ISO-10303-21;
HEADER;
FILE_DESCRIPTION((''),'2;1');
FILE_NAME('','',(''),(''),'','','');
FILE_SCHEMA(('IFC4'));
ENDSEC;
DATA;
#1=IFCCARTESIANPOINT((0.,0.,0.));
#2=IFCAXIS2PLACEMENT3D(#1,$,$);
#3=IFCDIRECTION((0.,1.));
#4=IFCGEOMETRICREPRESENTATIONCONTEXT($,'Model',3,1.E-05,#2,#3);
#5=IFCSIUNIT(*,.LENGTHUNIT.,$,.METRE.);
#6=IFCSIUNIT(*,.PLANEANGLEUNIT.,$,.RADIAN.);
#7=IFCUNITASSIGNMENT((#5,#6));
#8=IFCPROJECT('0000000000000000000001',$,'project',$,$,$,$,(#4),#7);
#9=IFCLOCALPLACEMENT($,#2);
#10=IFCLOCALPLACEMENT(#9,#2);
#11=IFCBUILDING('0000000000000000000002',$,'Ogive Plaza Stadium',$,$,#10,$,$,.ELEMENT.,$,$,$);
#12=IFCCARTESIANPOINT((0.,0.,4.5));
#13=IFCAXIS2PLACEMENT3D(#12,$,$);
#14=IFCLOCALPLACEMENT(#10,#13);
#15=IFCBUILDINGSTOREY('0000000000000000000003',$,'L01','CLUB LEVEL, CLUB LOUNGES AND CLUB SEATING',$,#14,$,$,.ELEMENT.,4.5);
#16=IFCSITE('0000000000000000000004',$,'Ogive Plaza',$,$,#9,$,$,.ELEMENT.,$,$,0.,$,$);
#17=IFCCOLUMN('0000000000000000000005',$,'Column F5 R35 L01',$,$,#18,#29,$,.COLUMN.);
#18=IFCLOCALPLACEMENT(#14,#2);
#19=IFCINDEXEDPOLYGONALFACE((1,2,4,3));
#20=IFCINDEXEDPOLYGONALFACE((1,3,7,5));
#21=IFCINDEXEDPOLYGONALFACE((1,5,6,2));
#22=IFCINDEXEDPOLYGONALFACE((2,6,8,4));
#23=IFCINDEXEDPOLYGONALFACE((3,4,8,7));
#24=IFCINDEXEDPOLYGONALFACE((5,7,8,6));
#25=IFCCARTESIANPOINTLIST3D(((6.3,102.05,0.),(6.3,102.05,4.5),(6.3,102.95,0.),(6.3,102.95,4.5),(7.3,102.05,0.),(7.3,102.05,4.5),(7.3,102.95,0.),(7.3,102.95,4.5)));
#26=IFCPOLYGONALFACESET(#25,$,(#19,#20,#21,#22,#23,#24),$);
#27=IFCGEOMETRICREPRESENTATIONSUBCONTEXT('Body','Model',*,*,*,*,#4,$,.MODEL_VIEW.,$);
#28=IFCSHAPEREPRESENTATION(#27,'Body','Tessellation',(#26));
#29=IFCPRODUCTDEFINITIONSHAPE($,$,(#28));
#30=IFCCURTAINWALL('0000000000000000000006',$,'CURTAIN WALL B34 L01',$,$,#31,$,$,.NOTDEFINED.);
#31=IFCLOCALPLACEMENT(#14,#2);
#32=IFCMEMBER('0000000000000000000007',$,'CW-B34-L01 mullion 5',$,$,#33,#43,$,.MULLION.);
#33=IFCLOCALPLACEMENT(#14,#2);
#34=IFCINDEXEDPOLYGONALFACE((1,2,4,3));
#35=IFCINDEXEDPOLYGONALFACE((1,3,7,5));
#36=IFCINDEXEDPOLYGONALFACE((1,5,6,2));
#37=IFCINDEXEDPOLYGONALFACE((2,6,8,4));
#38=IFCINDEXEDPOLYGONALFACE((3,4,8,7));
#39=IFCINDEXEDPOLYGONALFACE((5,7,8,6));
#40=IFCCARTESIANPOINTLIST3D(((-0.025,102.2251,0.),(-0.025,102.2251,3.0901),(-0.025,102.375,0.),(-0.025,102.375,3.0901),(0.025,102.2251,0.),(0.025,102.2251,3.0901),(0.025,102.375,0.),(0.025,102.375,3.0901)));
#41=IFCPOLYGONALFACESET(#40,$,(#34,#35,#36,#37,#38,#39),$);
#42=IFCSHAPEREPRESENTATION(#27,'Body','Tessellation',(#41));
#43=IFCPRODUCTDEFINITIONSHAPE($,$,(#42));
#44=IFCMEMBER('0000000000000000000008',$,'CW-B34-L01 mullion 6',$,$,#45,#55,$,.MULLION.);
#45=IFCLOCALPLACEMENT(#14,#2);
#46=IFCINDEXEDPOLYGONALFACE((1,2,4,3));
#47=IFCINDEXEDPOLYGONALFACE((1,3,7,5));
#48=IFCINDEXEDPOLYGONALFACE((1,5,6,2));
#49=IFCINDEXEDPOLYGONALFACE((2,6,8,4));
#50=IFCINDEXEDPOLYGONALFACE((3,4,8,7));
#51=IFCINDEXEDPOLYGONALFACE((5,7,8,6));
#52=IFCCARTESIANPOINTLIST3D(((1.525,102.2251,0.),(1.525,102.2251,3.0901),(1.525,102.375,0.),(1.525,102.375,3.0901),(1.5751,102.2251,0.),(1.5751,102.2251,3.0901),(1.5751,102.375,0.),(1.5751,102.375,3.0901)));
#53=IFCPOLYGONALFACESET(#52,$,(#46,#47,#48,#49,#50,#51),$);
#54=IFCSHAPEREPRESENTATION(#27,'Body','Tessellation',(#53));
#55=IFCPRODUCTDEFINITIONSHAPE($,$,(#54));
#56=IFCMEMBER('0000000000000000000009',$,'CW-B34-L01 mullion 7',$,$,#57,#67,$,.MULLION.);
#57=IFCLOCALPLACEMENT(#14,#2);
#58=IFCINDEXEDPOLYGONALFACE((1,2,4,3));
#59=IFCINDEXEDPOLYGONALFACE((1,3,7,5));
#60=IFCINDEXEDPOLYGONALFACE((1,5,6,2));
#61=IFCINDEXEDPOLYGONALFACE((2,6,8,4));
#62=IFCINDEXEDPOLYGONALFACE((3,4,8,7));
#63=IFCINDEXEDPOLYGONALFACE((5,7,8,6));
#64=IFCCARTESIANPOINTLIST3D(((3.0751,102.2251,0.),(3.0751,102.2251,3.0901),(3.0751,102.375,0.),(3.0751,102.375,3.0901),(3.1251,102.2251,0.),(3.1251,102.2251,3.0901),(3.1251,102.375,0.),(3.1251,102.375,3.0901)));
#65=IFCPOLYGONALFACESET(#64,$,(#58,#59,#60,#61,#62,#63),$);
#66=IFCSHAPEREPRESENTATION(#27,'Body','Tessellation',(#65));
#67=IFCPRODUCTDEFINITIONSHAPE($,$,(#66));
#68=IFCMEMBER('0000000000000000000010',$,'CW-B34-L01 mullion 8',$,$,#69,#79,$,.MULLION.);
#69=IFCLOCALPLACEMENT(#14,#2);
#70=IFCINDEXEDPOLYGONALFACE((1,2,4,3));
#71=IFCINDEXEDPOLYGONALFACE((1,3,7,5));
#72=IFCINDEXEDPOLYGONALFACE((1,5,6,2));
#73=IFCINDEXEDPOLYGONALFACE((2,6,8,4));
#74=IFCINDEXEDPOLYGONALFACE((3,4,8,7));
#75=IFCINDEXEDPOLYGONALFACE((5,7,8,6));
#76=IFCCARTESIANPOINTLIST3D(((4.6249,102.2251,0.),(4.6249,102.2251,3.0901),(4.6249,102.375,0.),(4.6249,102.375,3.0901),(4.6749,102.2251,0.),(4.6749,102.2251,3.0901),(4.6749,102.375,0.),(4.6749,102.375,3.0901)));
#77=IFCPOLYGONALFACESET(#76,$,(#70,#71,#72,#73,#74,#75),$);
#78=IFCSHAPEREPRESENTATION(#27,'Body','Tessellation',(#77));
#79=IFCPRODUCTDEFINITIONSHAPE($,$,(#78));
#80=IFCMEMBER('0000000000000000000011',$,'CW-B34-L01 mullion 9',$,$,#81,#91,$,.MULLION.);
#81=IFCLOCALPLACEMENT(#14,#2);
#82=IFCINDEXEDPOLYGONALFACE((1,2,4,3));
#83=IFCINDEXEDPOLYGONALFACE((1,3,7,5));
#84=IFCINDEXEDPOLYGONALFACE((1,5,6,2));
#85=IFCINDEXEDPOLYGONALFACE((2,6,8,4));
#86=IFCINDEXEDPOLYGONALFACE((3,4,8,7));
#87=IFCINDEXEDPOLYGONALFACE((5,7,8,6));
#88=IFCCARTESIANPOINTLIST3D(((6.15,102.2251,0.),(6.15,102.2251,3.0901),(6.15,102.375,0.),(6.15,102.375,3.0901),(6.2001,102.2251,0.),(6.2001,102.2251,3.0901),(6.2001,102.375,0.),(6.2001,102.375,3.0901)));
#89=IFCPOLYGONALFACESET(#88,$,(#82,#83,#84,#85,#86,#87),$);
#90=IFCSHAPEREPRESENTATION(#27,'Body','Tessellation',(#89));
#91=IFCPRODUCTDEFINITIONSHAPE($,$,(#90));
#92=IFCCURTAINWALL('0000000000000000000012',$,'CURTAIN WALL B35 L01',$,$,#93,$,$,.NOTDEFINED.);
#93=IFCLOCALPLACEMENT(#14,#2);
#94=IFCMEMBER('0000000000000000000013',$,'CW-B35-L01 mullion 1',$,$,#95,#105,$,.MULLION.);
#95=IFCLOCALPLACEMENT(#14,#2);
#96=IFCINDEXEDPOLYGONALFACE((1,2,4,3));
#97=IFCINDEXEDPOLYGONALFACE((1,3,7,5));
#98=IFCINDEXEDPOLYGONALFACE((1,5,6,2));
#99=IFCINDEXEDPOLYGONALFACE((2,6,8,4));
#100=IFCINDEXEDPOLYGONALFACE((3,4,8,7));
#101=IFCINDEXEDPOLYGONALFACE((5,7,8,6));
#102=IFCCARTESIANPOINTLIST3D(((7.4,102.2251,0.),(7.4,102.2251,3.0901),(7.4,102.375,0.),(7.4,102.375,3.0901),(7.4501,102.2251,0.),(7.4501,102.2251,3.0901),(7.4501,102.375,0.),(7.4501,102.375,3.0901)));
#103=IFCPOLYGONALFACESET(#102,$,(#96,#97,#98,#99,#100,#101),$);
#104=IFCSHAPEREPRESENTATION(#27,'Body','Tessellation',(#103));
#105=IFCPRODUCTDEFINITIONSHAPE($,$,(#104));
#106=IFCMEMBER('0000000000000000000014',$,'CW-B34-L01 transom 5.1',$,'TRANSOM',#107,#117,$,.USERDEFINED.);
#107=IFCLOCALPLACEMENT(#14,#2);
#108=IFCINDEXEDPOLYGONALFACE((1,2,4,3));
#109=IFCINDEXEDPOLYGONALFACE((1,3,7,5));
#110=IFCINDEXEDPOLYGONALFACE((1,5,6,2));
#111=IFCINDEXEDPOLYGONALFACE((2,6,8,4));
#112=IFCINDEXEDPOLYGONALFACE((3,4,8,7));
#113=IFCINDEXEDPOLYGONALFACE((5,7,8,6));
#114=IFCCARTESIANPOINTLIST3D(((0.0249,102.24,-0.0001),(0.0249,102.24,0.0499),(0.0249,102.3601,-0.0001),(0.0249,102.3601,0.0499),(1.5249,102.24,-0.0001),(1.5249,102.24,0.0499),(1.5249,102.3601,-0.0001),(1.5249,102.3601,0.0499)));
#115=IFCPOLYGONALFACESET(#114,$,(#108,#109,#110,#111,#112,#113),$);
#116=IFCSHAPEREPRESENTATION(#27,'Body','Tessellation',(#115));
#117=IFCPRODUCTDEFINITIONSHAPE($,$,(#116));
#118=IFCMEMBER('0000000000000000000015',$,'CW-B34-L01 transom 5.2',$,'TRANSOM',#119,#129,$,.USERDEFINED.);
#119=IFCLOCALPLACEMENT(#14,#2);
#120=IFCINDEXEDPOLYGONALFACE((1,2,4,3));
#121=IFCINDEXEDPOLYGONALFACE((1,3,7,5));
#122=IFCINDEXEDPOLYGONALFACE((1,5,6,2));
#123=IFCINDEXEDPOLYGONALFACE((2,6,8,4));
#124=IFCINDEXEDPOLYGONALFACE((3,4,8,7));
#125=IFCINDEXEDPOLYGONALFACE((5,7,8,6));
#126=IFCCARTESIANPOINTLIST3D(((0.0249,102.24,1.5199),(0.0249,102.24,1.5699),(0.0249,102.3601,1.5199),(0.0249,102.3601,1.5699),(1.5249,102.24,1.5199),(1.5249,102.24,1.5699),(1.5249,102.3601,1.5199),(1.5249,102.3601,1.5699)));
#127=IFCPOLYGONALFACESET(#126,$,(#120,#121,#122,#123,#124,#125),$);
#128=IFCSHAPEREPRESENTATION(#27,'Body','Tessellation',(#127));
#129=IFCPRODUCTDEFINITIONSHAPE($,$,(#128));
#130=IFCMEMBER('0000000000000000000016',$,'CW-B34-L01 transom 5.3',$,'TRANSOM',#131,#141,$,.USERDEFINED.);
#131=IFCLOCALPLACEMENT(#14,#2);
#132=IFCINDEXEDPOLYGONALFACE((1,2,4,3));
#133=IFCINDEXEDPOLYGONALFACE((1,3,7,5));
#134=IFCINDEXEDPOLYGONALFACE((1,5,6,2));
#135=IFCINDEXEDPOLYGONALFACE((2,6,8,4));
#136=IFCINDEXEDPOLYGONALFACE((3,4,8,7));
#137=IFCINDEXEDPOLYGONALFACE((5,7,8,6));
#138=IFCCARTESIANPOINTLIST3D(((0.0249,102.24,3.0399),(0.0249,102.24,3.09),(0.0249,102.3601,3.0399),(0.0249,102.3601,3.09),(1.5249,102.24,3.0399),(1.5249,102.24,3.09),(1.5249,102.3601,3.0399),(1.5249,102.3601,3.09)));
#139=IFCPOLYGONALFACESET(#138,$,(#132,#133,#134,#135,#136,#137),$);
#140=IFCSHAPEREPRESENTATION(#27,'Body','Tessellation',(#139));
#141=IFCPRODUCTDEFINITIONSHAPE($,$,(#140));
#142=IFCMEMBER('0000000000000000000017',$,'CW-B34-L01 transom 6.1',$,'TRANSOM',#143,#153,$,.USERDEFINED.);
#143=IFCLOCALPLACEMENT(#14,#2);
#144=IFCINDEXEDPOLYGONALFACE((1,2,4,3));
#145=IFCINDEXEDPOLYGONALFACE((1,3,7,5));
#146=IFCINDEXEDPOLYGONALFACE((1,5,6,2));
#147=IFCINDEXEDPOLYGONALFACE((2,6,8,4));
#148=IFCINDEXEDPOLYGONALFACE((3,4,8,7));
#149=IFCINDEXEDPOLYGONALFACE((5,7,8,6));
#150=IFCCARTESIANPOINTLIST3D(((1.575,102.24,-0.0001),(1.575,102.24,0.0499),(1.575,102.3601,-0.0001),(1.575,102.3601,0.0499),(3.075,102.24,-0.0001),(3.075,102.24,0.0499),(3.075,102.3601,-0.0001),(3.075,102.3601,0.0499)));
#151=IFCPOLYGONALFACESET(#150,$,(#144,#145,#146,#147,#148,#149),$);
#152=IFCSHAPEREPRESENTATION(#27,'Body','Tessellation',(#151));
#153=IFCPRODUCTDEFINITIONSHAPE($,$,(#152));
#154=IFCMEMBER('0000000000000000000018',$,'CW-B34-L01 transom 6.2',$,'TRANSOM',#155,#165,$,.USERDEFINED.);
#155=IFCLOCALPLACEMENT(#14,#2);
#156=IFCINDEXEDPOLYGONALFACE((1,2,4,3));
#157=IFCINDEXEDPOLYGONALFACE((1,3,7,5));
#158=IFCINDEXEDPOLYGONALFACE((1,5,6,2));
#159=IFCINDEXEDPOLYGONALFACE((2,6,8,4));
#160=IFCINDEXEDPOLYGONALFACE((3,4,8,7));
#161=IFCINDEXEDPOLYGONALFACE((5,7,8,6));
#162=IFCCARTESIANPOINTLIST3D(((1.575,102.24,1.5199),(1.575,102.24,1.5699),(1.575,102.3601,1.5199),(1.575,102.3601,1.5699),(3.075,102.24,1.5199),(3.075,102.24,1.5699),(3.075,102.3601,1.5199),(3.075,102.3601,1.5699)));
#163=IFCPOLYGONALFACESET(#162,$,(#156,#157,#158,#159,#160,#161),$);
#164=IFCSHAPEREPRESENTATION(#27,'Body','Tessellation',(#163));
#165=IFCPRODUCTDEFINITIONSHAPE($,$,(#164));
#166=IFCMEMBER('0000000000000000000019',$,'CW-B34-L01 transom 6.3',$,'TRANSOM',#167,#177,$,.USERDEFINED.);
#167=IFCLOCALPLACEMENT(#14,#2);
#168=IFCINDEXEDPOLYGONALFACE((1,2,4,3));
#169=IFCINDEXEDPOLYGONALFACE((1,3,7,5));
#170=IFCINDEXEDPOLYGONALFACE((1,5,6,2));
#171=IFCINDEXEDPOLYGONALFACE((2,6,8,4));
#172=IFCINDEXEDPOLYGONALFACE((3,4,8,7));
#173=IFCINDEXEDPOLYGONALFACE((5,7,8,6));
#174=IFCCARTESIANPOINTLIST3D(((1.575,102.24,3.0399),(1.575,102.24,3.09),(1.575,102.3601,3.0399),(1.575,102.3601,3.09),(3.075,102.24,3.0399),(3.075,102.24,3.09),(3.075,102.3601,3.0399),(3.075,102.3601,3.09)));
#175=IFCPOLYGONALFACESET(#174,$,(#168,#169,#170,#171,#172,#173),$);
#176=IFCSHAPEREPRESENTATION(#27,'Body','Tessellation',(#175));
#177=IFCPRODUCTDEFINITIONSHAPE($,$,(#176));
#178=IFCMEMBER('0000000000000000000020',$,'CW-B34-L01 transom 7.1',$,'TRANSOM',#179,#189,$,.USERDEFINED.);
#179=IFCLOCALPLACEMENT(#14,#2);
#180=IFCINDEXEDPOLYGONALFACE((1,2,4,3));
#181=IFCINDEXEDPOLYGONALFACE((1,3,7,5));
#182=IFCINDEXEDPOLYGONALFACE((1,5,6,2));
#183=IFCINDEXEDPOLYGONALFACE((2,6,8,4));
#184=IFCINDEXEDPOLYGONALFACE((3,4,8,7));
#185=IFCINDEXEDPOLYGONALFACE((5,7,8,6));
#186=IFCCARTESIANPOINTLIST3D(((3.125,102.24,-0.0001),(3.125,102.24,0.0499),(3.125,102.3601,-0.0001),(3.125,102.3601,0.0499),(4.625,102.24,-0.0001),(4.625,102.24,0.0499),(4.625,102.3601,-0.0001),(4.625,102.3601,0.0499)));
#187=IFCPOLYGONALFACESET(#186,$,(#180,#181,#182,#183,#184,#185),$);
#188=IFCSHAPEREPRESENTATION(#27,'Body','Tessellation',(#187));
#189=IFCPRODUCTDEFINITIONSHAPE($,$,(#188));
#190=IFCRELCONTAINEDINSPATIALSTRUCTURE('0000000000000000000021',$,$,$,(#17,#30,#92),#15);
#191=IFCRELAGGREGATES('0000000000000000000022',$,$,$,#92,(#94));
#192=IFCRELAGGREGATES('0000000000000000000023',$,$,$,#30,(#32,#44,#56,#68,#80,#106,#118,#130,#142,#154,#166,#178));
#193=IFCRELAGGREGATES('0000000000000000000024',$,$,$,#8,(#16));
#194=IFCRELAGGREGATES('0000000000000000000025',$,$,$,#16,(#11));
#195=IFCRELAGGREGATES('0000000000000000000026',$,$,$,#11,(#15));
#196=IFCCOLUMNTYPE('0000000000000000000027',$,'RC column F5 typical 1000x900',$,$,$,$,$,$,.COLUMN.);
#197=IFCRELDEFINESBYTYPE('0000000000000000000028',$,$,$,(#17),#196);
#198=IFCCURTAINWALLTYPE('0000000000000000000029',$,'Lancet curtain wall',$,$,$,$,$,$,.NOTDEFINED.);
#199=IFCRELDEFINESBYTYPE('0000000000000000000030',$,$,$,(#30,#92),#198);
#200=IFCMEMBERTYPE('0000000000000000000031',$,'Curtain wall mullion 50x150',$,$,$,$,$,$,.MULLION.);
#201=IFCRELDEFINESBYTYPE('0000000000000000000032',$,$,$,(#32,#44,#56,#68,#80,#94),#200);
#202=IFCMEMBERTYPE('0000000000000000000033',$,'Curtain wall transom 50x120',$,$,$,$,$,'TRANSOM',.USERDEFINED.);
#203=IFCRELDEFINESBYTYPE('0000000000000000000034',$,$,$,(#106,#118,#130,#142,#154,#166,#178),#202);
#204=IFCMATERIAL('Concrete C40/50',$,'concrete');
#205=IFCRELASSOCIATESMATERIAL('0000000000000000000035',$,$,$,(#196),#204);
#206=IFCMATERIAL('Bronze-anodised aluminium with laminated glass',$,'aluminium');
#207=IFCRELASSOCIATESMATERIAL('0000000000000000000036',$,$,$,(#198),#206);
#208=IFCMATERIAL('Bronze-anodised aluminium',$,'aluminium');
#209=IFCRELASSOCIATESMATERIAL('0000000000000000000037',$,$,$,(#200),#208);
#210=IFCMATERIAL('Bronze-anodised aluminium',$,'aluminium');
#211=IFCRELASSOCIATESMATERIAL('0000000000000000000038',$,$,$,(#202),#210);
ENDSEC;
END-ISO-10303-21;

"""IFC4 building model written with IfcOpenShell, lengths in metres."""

from ifc_helpers import new_model, si_unit, direction, frame, origin, origin_2d, place, context, subcontext, project, spatial, rectangle, extrude, material, material_profile, profile_set, type_object, element, aggregate, save


model = new_model("IFC4")

# Units and contexts
model_context = context("Model", 3, precision=1e-05, world=origin(), true_north=direction((0.0, 1.0)))
body_context = subcontext(model_context, "Body", "Model", "MODEL_VIEW")
ifc_project = project(units=[si_unit("LENGTHUNIT", "METRE"), si_unit("PLANEANGLEUNIT", "RADIAN")], contexts=[model_context])

# Site, building, storey
site_placement = place(None, origin())
site = spatial("IfcSite", under=ifc_project, at=site_placement, Name="Ogive Plaza", CompositionType="ELEMENT", RefElevation=0.0)
building_placement = place(site_placement, origin())
building = spatial("IfcBuilding", under=site, at=building_placement, Name="Ogive Plaza Stadium", CompositionType="ELEMENT")
storey_placement = place(building_placement, frame((0.0, 0.0, 4.5)))
storey = spatial("IfcBuildingStorey", under=building, at=storey_placement, Name="L01", Description="CLUB LEVEL, CLUB LOUNGES AND CLUB SEATING", CompositionType="ELEMENT", Elevation=4.5)

# Column
ifc_material_1 = material(Name="Concrete C40/50", Category="concrete")
ifc_material_profile_1 = material_profile(ifc_material_1, rectangle(XDim=1.0, YDim=0.8999, at=origin_2d()), Name="RC 1000x900")
ifc_profile_set_1 = profile_set([ifc_material_profile_1], Name="Concrete C40/50")
column_type = type_object("IfcColumnType", Name="RC column F5 typical 1000x900", PredefinedType="COLUMN", material=ifc_profile_set_1)
column_placement = place(storey_placement, frame((6.8, 102.5, 0.0), z_axis=(0.0, 0.0, 1.0), x_axis=(-1.0, 0.0, 0.0)))
element("IfcColumn", 1, at=column_placement, inside=storey, type_object=column_type, Name="Column F5 R35 L01", PredefinedType="COLUMN", context=body_context, shape_type="SweptSolid", body=[
    extrude(rectangle(XDim=1.0, YDim=0.8999, at=origin_2d()), origin(), (0.0, 0.0, 1.0), 4.5),
])

# Curtain wall, members
ifc_material_2 = material(Name="Bronze-anodised aluminium with laminated glass", Category="aluminium")
curtain_wall_type = type_object("IfcCurtainWallType", Name="Lancet curtain wall", PredefinedType="NOTDEFINED", material=ifc_material_2)
curtain_wall_1_placement = place(storey_placement, origin())
curtain_wall_1 = element("IfcCurtainWall", 2, at=curtain_wall_1_placement, inside=storey, type_object=curtain_wall_type, Name="CURTAIN WALL B34 L01", PredefinedType="NOTDEFINED")
ifc_material_3 = material(Name="Bronze-anodised aluminium", Category="aluminium")
ifc_material_profile_2 = material_profile(ifc_material_3, rectangle(XDim=0.1499, YDim=0.05, at=origin_2d()), Name="AL 150x50")
ifc_profile_set_2 = profile_set([ifc_material_profile_2], Name="Bronze-anodised aluminium")
member_type_1 = type_object("IfcMemberType", Name="Curtain wall mullion 50x150", PredefinedType="MULLION", material=ifc_profile_set_2)
member_1_placement = place(storey_placement, frame((0.0, 102.3, 0.0), z_axis=(0.0, 0.0, 1.0), x_axis=(0.0, 1.0, 0.0)))
member_1 = element("IfcMember", 3, at=member_1_placement, type_object=member_type_1, Name="CW-B34-L01 mullion 5", PredefinedType="MULLION", context=body_context, shape_type="SweptSolid", body=[
    extrude(rectangle(XDim=0.1499, YDim=0.05, at=origin_2d()), origin(), (0.0, 0.0, 1.0), 3.0901),
])
member_2_placement = place(storey_placement, frame((1.55, 102.3, 0.0), z_axis=(0.0, 0.0, 1.0), x_axis=(0.0, 1.0, 0.0)))
member_2 = element("IfcMember", 4, at=member_2_placement, type_object=member_type_1, Name="CW-B34-L01 mullion 6", PredefinedType="MULLION", context=body_context, shape_type="SweptSolid", body=[
    extrude(rectangle(XDim=0.1499, YDim=0.05, at=origin_2d()), origin(), (0.0, 0.0, 1.0), 3.0901),
])
member_3_placement = place(storey_placement, frame((3.1001, 102.3, 0.0), z_axis=(0.0, 0.0, 1.0), x_axis=(0.0, 1.0, 0.0)))
member_3 = element("IfcMember", 5, at=member_3_placement, type_object=member_type_1, Name="CW-B34-L01 mullion 7", PredefinedType="MULLION", context=body_context, shape_type="SweptSolid", body=[
    extrude(rectangle(XDim=0.1499, YDim=0.05, at=origin_2d()), origin(), (0.0, 0.0, 1.0), 3.0901),
])
member_4_placement = place(storey_placement, frame((4.6499, 102.3, 0.0), z_axis=(0.0, 0.0, 1.0), x_axis=(0.0, 1.0, 0.0)))
member_4 = element("IfcMember", 6, at=member_4_placement, type_object=member_type_1, Name="CW-B34-L01 mullion 8", PredefinedType="MULLION", context=body_context, shape_type="SweptSolid", body=[
    extrude(rectangle(XDim=0.1499, YDim=0.05, at=origin_2d()), origin(), (0.0, 0.0, 1.0), 3.0901),
])
member_5_placement = place(storey_placement, frame((6.175, 102.3, 0.0), z_axis=(0.0, 0.0, 1.0), x_axis=(0.0, 1.0, 0.0)))
member_5 = element("IfcMember", 7, at=member_5_placement, type_object=member_type_1, Name="CW-B34-L01 mullion 9", PredefinedType="MULLION", context=body_context, shape_type="SweptSolid", body=[
    extrude(rectangle(XDim=0.1499, YDim=0.05, at=origin_2d()), origin(), (0.0, 0.0, 1.0), 3.0901),
])

# Curtain wall, member
curtain_wall_2_placement = place(storey_placement, origin())
curtain_wall_2 = element("IfcCurtainWall", 8, at=curtain_wall_2_placement, inside=storey, type_object=curtain_wall_type, Name="CURTAIN WALL B35 L01", PredefinedType="NOTDEFINED")
member_6_placement = place(storey_placement, frame((7.425, 102.3, 0.0), z_axis=(0.0, 0.0, 1.0), x_axis=(0.0, 1.0, 0.0)))
member_6 = element("IfcMember", 9, at=member_6_placement, type_object=member_type_1, Name="CW-B35-L01 mullion 1", PredefinedType="MULLION", context=body_context, shape_type="SweptSolid", body=[
    extrude(rectangle(XDim=0.1499, YDim=0.05, at=origin_2d()), origin(), (0.0, 0.0, 1.0), 3.0901),
])

# Members
ifc_material_4 = material(Name="Bronze-anodised aluminium", Category="aluminium")
ifc_material_profile_3 = material_profile(ifc_material_4, rectangle(XDim=0.1201, YDim=0.05, at=origin_2d()), Name="AL 120x50")
ifc_profile_set_3 = profile_set([ifc_material_profile_3], Name="Bronze-anodised aluminium")
member_type_2 = type_object("IfcMemberType", Name="Curtain wall transom 50x120", ElementType="TRANSOM", PredefinedType="USERDEFINED", material=ifc_profile_set_3)
member_7_placement = place(storey_placement, frame((0.0249, 102.3, 0.0249), z_axis=(1.0, 0.0, 0.0), x_axis=(0.0, 1.0, 0.0)))
member_7 = element("IfcMember", 10, at=member_7_placement, type_object=member_type_2, Name="CW-B34-L01 transom 5.1", ObjectType="TRANSOM", PredefinedType="USERDEFINED", context=body_context, shape_type="SweptSolid", body=[
    extrude(rectangle(XDim=0.1201, YDim=0.05, at=origin_2d()), origin(), (0.0, 0.0, 1.0), 1.5),
])
member_8_placement = place(storey_placement, frame((0.0249, 102.3, 1.5449), z_axis=(1.0, 0.0, 0.0), x_axis=(0.0, 1.0, 0.0)))
member_8 = element("IfcMember", 11, at=member_8_placement, type_object=member_type_2, Name="CW-B34-L01 transom 5.2", ObjectType="TRANSOM", PredefinedType="USERDEFINED", context=body_context, shape_type="SweptSolid", body=[
    extrude(rectangle(XDim=0.1201, YDim=0.05, at=origin_2d()), origin(), (0.0, 0.0, 1.0), 1.5),
])
member_9_placement = place(storey_placement, frame((0.0249, 102.3, 3.0649), z_axis=(1.0, 0.0, 0.0), x_axis=(0.0, 1.0, 0.0)))
member_9 = element("IfcMember", 12, at=member_9_placement, type_object=member_type_2, Name="CW-B34-L01 transom 5.3", ObjectType="TRANSOM", PredefinedType="USERDEFINED", context=body_context, shape_type="SweptSolid", body=[
    extrude(rectangle(XDim=0.1201, YDim=0.05, at=origin_2d()), origin(), (0.0, 0.0, 1.0), 1.5),
])
member_10_placement = place(storey_placement, frame((1.575, 102.3, 0.0249), z_axis=(1.0, 0.0, 0.0), x_axis=(0.0, 1.0, 0.0)))
member_10 = element("IfcMember", 13, at=member_10_placement, type_object=member_type_2, Name="CW-B34-L01 transom 6.1", ObjectType="TRANSOM", PredefinedType="USERDEFINED", context=body_context, shape_type="SweptSolid", body=[
    extrude(rectangle(XDim=0.1201, YDim=0.05, at=origin_2d()), origin(), (0.0, 0.0, 1.0), 1.5),
])
member_11_placement = place(storey_placement, frame((1.575, 102.3, 1.5449), z_axis=(1.0, 0.0, 0.0), x_axis=(0.0, 1.0, 0.0)))
member_11 = element("IfcMember", 14, at=member_11_placement, type_object=member_type_2, Name="CW-B34-L01 transom 6.2", ObjectType="TRANSOM", PredefinedType="USERDEFINED", context=body_context, shape_type="SweptSolid", body=[
    extrude(rectangle(XDim=0.1201, YDim=0.05, at=origin_2d()), origin(), (0.0, 0.0, 1.0), 1.5),
])
member_12_placement = place(storey_placement, frame((1.575, 102.3, 3.0649), z_axis=(1.0, 0.0, 0.0), x_axis=(0.0, 1.0, 0.0)))
member_12 = element("IfcMember", 15, at=member_12_placement, type_object=member_type_2, Name="CW-B34-L01 transom 6.3", ObjectType="TRANSOM", PredefinedType="USERDEFINED", context=body_context, shape_type="SweptSolid", body=[
    extrude(rectangle(XDim=0.1201, YDim=0.05, at=origin_2d()), origin(), (0.0, 0.0, 1.0), 1.5),
])
member_13_placement = place(storey_placement, frame((3.125, 102.3, 0.0249), z_axis=(1.0, 0.0, 0.0), x_axis=(0.0, 1.0, 0.0)))
member_13 = element("IfcMember", 16, at=member_13_placement, type_object=member_type_2, Name="CW-B34-L01 transom 7.1", ObjectType="TRANSOM", PredefinedType="USERDEFINED", context=body_context, shape_type="SweptSolid", body=[
    extrude(rectangle(XDim=0.1201, YDim=0.05, at=origin_2d()), origin(), (0.0, 0.0, 1.0), 1.5),
])
aggregate(curtain_wall_2, [member_6])

aggregate(curtain_wall_1, [member_1, member_2, member_3, member_4, member_5, member_7, member_8, member_9, member_10, member_11, member_12, member_13])

save(model, "model.ifc")
